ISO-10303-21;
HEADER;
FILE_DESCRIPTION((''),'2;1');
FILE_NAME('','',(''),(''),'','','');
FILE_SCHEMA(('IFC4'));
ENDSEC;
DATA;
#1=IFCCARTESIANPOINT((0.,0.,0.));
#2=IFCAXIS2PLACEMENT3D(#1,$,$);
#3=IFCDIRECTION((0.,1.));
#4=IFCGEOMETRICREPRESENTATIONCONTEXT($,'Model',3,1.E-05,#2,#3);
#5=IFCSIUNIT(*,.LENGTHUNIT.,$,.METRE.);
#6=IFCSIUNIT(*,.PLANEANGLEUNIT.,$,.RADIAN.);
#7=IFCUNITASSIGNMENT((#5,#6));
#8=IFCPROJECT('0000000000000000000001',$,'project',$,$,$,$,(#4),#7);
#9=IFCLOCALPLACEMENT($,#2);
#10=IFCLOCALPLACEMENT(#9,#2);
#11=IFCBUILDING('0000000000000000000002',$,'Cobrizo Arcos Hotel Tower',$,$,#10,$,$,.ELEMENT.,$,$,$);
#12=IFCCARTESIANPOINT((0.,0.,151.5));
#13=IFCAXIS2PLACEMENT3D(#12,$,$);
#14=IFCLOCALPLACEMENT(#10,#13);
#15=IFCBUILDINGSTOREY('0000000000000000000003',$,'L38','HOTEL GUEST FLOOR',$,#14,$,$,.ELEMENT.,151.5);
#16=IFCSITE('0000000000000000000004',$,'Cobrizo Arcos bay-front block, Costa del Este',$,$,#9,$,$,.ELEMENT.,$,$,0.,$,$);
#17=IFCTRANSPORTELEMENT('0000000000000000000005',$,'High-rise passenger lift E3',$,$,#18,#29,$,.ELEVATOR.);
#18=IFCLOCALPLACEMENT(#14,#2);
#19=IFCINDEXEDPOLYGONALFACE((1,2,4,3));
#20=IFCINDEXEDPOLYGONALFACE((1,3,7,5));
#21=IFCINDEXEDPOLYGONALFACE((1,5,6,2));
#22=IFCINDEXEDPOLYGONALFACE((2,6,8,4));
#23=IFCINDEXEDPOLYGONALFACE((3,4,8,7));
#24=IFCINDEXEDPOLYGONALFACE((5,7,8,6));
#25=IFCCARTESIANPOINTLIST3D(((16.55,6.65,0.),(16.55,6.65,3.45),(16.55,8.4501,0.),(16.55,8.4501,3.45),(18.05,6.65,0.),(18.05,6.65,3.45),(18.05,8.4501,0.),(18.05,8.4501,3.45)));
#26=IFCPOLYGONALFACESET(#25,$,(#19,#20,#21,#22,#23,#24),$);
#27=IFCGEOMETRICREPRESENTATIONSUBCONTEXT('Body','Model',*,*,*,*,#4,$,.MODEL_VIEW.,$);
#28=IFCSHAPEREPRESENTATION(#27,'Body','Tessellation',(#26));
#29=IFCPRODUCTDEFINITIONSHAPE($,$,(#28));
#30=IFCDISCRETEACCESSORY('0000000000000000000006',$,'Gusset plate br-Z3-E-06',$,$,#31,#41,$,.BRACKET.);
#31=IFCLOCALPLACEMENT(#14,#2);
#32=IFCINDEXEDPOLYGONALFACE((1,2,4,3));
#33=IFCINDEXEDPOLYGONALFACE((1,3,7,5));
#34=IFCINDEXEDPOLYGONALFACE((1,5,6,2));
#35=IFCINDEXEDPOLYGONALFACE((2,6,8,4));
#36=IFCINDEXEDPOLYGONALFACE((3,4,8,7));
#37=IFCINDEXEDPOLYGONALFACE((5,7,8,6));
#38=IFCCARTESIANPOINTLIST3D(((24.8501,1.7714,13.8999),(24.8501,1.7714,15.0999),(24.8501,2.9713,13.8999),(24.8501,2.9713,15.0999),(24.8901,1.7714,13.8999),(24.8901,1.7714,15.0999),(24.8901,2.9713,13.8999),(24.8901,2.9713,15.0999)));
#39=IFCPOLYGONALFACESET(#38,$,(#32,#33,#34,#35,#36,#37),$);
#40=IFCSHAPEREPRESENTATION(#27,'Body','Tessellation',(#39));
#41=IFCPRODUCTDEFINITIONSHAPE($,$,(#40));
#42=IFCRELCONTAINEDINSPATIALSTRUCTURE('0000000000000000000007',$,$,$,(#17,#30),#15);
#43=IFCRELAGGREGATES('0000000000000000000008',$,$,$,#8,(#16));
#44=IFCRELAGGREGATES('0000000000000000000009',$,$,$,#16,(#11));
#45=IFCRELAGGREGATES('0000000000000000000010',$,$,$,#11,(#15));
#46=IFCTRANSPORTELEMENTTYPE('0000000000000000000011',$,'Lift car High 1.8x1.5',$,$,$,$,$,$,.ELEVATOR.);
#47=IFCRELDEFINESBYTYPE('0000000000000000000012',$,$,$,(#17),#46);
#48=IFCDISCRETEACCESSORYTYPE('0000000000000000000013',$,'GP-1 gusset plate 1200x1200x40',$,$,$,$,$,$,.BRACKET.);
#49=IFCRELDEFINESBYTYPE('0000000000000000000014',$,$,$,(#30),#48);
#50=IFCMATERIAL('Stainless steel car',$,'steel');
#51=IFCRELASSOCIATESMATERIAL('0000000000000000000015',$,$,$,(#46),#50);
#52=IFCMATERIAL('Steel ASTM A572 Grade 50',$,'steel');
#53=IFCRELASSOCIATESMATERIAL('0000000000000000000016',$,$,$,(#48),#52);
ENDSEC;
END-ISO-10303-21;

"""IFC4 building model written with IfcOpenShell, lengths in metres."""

from ifc_helpers import new_model, si_unit, direction, frame, origin, origin_2d, place, context, subcontext, project, spatial, rectangle, extrude, material, type_object, element, save


model = new_model("IFC4")

# Units and contexts
model_context = context("Model", 3, precision=1e-05, world=origin(), true_north=direction((0.0, 1.0)))
body_context = subcontext(model_context, "Body", "Model", "MODEL_VIEW")
ifc_project = project(units=[si_unit("LENGTHUNIT", "METRE"), si_unit("PLANEANGLEUNIT", "RADIAN")], contexts=[model_context])

# Site, building, storey
site_placement = place(None, origin())
site = spatial("IfcSite", under=ifc_project, at=site_placement, Name="Cobrizo Arcos bay-front block, Costa del Este", CompositionType="ELEMENT", RefElevation=0.0)
building_placement = place(site_placement, origin())
building = spatial("IfcBuilding", under=site, at=building_placement, Name="Cobrizo Arcos Hotel Tower", CompositionType="ELEMENT")
storey_placement = place(building_placement, frame((0.0, 0.0, 151.5)))
storey = spatial("IfcBuildingStorey", under=building, at=storey_placement, Name="L38", Description="HOTEL GUEST FLOOR", CompositionType="ELEMENT", Elevation=151.5)

# Shared definitions
ifc_material_1 = material(Name="Steel ASTM A572 Grade 50", Category="steel")

# Transport element
ifc_material_2 = material(Name="Stainless steel car", Category="steel")
transport_element_type = type_object("IfcTransportElementType", Name="Lift car High 1.8x1.5", PredefinedType="ELEVATOR", material=ifc_material_2)
for number, where, z_axis, x_axis, name in (
    (1, (17.3, 7.55, 0.0), (0.0, 0.0, 1.0), (1.0, 0.0, 0.0), "High-rise passenger lift E3"),
):
    element("IfcTransportElement", number, at=place(storey_placement, frame(where, z_axis=z_axis, x_axis=x_axis)), inside=storey, type_object=transport_element_type, Name=name, PredefinedType="ELEVATOR", context=body_context, shape_type="SweptSolid", body=[
        extrude(rectangle(XDim=1.5, YDim=1.8, at=origin_2d()), origin(), (0.0, 0.0, 1.0), 3.45),
    ])

# Discrete accessory
discrete_accessory_type = type_object("IfcDiscreteAccessoryType", Name="GP-1 gusset plate 1200x1200x40", PredefinedType="BRACKET", material=ifc_material_1)
discrete_accessory_placement = place(storey_placement, frame((24.8701, 2.3713, 13.8999), z_axis=(0.0, 0.0, 1.0), x_axis=(1.0, 0.0, 0.0)))
element("IfcDiscreteAccessory", 2, at=discrete_accessory_placement, inside=storey, type_object=discrete_accessory_type, Name="Gusset plate br-Z3-E-06", PredefinedType="BRACKET", context=body_context, shape_type="SweptSolid", body=[
    extrude(rectangle(XDim=0.04, YDim=1.2, at=origin_2d()), origin(), (0.0, 0.0, 1.0), 1.2),
])

save(model, "model.ifc")
